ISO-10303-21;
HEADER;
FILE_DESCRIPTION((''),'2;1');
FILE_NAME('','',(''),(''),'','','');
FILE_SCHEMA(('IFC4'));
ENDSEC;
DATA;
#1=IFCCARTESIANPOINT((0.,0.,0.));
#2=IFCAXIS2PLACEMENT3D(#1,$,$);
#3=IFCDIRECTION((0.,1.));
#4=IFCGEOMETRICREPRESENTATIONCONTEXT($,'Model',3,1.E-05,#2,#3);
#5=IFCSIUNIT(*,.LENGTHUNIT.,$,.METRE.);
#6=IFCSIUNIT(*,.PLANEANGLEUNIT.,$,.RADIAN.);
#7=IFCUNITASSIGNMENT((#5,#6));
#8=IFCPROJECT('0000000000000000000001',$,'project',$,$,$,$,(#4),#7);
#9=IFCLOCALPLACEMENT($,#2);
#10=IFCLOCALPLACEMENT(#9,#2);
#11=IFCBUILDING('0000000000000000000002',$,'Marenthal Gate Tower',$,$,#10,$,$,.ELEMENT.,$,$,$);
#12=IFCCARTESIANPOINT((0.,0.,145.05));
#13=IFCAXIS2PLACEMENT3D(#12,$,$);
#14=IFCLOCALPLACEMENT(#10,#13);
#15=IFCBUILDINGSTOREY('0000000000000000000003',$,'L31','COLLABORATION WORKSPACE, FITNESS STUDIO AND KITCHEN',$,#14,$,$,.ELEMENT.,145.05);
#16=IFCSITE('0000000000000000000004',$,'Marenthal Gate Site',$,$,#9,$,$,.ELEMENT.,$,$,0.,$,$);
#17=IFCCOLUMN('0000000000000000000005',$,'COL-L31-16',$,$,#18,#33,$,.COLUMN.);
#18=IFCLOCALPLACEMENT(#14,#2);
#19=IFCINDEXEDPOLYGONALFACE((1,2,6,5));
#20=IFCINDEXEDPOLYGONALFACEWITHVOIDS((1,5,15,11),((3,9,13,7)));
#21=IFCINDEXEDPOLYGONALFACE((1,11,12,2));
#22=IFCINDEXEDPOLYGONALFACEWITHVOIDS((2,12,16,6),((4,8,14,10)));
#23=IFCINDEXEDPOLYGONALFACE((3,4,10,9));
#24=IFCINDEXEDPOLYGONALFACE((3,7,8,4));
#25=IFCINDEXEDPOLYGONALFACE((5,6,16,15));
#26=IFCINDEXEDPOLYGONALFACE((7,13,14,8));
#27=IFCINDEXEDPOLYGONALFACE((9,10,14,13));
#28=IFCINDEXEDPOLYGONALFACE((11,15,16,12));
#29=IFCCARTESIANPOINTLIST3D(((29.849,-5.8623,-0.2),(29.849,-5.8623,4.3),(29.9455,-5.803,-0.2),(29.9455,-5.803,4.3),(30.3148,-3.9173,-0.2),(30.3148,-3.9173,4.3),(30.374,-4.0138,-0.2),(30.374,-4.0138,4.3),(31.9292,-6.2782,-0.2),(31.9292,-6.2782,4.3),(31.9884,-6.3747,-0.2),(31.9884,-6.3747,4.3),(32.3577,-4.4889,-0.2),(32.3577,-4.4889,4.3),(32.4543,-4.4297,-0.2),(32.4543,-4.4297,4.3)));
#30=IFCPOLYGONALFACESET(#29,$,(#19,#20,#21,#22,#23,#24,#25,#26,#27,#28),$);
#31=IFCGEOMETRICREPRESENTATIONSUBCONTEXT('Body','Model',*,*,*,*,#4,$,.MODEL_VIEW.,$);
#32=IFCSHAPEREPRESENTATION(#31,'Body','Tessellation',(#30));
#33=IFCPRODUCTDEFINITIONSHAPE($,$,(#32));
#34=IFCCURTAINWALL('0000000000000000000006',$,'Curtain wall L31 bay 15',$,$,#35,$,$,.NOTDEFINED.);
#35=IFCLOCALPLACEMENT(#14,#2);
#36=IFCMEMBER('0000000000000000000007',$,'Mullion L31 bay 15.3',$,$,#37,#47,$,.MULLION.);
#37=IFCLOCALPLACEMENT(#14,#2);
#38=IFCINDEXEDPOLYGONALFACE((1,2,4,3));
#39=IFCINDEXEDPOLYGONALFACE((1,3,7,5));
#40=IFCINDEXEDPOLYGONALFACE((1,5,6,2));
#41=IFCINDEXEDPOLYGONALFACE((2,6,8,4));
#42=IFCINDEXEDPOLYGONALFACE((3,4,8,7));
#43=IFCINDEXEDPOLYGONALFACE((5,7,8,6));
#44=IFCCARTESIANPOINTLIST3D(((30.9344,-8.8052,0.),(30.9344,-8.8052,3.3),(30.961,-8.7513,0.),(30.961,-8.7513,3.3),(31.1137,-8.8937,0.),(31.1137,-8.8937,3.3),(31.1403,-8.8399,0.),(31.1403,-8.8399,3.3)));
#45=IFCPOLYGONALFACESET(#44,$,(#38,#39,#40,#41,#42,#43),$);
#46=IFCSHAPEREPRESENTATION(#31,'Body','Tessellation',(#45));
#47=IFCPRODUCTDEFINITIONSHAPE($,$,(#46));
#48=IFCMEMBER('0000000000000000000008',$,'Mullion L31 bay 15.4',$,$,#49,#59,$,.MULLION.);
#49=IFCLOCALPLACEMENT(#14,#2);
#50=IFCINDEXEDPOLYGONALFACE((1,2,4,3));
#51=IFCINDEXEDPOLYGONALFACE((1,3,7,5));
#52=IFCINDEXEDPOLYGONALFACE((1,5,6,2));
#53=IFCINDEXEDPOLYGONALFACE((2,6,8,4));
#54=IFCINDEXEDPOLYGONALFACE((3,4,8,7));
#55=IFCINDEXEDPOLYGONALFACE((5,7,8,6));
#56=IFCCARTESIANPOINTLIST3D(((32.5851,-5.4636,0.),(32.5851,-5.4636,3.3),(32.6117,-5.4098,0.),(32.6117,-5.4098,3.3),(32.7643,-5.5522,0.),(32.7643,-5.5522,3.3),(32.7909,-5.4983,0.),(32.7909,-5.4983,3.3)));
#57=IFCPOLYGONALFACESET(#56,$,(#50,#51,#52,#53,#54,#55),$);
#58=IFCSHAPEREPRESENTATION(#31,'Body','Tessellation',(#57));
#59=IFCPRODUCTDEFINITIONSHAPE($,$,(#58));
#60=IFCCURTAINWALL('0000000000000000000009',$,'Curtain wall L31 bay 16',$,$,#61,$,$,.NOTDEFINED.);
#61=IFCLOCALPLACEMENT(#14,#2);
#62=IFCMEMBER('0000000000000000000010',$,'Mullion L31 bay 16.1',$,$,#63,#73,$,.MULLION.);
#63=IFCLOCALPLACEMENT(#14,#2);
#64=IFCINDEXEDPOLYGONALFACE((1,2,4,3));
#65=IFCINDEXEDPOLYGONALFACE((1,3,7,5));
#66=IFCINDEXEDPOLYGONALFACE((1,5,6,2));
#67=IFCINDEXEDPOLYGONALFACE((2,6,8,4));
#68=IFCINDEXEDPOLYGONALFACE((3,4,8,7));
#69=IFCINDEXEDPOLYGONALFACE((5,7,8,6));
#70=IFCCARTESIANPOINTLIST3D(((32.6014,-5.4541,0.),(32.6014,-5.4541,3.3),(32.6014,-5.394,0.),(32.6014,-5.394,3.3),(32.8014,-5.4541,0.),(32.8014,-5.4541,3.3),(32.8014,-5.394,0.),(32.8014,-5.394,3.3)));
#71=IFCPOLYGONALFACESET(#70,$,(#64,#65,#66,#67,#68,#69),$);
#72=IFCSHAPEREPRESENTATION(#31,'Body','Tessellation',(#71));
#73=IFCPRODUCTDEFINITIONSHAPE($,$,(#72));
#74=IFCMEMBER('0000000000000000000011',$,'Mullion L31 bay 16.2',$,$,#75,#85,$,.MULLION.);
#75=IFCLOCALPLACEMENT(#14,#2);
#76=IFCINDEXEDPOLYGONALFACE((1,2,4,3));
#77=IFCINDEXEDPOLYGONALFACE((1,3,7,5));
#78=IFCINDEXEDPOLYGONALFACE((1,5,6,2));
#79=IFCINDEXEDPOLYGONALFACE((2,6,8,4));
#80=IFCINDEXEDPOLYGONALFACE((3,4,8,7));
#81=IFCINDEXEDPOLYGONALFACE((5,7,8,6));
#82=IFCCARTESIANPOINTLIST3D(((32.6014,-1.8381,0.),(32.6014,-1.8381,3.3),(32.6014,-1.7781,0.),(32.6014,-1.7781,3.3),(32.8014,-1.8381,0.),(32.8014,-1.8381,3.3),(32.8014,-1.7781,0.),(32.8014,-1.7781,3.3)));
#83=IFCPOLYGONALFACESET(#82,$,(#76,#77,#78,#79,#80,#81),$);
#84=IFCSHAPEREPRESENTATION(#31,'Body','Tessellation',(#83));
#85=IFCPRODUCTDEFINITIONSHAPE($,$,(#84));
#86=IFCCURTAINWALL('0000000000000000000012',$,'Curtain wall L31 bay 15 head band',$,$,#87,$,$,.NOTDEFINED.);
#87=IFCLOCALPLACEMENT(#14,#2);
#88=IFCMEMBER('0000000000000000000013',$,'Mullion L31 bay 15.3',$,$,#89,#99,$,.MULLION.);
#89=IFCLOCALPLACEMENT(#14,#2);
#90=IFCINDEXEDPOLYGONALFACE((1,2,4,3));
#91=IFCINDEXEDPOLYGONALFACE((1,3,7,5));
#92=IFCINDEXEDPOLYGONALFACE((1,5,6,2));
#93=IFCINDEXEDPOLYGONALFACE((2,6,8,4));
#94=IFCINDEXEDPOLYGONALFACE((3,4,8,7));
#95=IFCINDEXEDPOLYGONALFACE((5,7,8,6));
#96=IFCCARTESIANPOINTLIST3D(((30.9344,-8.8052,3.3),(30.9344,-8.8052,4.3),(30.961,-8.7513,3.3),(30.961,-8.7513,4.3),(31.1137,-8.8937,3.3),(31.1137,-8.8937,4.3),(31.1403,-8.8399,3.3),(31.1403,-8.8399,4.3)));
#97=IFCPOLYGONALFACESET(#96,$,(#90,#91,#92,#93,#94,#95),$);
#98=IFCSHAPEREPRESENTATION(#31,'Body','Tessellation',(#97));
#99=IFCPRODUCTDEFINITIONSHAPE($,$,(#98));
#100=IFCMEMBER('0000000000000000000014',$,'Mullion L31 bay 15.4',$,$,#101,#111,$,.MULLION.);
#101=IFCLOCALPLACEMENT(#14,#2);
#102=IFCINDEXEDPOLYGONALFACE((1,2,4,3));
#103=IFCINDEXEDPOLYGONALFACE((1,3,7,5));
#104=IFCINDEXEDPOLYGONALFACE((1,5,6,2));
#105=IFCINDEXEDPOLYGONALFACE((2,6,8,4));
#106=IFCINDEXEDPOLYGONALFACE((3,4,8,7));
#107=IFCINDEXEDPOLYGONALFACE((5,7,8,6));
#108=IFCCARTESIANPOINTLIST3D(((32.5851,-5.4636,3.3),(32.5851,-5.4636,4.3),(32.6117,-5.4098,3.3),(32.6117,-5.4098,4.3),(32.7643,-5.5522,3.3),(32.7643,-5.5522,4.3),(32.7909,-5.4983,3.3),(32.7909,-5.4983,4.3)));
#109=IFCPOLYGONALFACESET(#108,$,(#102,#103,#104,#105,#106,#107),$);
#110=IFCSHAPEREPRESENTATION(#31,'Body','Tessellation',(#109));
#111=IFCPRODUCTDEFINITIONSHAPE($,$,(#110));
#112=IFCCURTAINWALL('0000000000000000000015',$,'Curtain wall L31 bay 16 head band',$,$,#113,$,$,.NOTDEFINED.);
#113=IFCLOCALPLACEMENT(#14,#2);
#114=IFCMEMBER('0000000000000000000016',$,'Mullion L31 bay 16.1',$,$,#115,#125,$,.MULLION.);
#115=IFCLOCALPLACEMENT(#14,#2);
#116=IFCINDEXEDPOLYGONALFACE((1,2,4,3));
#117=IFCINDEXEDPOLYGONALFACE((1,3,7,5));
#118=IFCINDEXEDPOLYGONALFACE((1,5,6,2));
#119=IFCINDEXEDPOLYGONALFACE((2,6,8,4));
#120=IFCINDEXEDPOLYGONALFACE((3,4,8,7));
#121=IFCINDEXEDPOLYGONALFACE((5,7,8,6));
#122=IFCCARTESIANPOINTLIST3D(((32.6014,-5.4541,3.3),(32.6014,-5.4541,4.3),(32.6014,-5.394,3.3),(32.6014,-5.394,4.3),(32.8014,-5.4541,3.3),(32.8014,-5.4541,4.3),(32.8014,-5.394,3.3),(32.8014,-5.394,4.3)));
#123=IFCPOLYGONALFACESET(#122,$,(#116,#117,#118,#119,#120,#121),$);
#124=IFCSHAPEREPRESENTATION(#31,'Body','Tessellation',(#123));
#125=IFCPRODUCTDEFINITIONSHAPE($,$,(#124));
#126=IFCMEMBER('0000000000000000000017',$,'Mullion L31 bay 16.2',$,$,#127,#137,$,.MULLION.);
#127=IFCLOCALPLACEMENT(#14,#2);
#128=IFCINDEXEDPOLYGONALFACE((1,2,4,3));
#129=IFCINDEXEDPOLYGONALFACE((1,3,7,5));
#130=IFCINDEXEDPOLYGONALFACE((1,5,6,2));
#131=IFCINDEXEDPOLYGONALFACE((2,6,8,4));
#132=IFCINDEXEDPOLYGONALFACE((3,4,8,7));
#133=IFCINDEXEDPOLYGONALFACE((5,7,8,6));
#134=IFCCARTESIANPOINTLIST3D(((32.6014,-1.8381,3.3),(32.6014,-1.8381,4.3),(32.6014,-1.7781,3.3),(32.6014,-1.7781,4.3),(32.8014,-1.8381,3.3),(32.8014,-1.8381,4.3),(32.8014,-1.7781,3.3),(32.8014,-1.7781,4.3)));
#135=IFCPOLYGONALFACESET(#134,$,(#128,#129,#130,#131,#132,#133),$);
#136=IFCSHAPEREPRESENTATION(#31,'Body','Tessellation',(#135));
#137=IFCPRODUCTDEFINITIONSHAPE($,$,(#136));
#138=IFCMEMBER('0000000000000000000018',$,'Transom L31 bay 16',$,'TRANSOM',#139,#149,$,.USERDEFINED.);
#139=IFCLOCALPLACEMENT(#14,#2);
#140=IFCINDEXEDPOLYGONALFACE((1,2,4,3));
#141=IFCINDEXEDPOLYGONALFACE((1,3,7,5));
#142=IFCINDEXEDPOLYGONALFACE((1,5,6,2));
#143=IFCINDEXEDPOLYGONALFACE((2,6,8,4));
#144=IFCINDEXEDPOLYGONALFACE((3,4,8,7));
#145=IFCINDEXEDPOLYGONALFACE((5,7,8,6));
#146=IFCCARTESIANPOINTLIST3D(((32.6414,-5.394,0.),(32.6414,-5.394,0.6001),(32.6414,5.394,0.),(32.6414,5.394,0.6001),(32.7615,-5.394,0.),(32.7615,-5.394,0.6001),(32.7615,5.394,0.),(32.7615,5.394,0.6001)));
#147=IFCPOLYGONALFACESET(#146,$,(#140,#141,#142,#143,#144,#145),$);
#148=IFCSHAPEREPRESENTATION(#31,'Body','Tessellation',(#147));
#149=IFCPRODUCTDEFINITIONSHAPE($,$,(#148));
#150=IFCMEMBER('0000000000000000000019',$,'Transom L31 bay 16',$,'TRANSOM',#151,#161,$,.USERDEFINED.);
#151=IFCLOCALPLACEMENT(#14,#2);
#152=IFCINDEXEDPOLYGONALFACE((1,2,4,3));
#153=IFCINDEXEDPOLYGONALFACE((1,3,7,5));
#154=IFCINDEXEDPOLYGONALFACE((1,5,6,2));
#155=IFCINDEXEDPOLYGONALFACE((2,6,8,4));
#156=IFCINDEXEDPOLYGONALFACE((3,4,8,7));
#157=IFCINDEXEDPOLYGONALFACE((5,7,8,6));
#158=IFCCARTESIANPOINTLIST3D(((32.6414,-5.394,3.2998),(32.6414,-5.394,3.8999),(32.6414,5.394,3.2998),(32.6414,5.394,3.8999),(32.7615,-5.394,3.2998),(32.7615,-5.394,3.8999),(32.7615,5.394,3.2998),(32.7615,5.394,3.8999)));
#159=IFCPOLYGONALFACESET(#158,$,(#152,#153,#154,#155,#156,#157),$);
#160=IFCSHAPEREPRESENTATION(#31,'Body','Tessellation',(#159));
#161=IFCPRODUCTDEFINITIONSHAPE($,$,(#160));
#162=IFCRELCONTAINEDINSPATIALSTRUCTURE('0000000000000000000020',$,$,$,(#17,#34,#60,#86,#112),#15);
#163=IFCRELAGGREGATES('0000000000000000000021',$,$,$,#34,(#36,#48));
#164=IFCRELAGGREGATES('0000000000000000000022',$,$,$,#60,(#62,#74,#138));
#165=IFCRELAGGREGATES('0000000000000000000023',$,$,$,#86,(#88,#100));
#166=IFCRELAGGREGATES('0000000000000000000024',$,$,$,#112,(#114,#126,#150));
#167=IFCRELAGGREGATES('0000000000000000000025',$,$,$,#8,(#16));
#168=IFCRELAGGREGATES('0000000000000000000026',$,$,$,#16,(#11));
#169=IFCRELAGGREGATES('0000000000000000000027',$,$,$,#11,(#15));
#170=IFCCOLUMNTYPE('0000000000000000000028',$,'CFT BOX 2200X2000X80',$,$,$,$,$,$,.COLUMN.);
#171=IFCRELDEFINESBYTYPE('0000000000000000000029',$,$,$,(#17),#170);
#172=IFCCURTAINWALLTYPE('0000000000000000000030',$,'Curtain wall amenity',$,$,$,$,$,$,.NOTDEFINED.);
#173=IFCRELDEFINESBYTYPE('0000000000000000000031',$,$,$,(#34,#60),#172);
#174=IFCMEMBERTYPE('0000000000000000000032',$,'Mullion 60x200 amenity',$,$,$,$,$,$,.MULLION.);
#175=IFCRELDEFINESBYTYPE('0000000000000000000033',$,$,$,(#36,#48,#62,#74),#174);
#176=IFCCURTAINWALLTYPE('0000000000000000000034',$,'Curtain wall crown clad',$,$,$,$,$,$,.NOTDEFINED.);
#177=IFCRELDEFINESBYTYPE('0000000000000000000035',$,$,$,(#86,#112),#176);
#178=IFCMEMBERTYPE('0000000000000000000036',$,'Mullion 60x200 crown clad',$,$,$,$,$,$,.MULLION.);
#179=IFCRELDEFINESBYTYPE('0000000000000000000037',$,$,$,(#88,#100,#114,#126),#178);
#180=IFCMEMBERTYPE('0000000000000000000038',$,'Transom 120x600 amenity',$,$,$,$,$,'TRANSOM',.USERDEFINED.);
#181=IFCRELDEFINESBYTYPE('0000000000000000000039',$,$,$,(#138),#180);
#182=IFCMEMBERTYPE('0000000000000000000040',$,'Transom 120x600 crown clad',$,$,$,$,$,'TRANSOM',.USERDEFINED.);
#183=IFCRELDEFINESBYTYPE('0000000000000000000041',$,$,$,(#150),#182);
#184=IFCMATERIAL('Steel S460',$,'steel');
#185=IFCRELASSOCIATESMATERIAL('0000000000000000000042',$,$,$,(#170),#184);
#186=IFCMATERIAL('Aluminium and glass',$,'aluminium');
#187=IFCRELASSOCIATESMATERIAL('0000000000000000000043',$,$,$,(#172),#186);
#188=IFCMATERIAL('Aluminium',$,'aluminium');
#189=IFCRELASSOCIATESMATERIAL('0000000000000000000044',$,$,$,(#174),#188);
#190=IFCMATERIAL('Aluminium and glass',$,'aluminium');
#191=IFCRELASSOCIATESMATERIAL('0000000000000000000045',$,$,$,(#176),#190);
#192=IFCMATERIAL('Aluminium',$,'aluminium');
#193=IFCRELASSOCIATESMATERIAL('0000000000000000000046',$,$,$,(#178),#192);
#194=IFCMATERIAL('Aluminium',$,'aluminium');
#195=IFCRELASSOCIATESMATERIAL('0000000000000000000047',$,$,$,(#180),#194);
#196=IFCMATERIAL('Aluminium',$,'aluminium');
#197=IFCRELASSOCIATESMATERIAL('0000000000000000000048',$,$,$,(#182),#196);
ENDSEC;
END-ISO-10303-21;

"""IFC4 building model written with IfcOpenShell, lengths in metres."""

from ifc_helpers import new_model, si_unit, direction, frame, origin, origin_2d, place, context, subcontext, project, spatial, rectangle, hollow_rectangle, extrude, material, material_profile, profile_set, type_object, element, aggregate, save


model = new_model("IFC4")

# Units and contexts
model_context = context("Model", 3, precision=1e-05, world=origin(), true_north=direction((0.0, 1.0)))
body_context = subcontext(model_context, "Body", "Model", "MODEL_VIEW")
ifc_project = project(units=[si_unit("LENGTHUNIT", "METRE"), si_unit("PLANEANGLEUNIT", "RADIAN")], contexts=[model_context])

# Site, building, storey
site_placement = place(None, origin())
site = spatial("IfcSite", under=ifc_project, at=site_placement, Name="Marenthal Gate Site", CompositionType="ELEMENT", RefElevation=0.0)
building_placement = place(site_placement, origin())
building = spatial("IfcBuilding", under=site, at=building_placement, Name="Marenthal Gate Tower", CompositionType="ELEMENT")
storey_placement = place(building_placement, frame((0.0, 0.0, 145.05)))
storey = spatial("IfcBuildingStorey", under=building, at=storey_placement, Name="L31", Description="COLLABORATION WORKSPACE, FITNESS STUDIO AND KITCHEN", CompositionType="ELEMENT", Elevation=145.05)

# Column
ifc_material_1 = material(Name="Steel S460", Category="steel")
ifc_material_profile_1 = material_profile(ifc_material_1, hollow_rectangle(XDim=2.0, YDim=2.2, WallThickness=0.0801, at=origin_2d()), Name="CFT BOX 2200X2000X80")
ifc_material_2 = material(Name="Concrete 70 MPa", Category="concrete")
ifc_material_profile_2 = material_profile(ifc_material_2, rectangle(XDim=1.8401, YDim=2.04, at=origin_2d()), Name="CFT BOX 2200X2000X80 INFILL")
ifc_profile_set_1 = profile_set([ifc_material_profile_1, ifc_material_profile_2], Name="Steel S460 shell, Concrete 70 MPa infill")
column_type = type_object("IfcColumnType", Name="CFT BOX 2200X2000X80", PredefinedType="COLUMN", material=ifc_profile_set_1)
column_placement = place(storey_placement, frame((31.1516, -5.146, -0.2), z_axis=(0.0, 0.0, 1.0), x_axis=(-0.232933, -0.972493, 0.0)))
element("IfcColumn", 1, at=column_placement, inside=storey, type_object=column_type, Name="COL-L31-16", PredefinedType="COLUMN", context=body_context, shape_type="SweptSolid", body=[
    extrude(hollow_rectangle(XDim=2.0, YDim=2.2, WallThickness=0.0801, at=origin_2d()), origin(), (0.0, 0.0, 1.0), 4.5),
])

# Curtain walls, members
ifc_material_3 = material(Name="Aluminium and glass", Category="aluminium")
curtain_wall_type_1 = type_object("IfcCurtainWallType", Name="Curtain wall amenity", PredefinedType="NOTDEFINED", material=ifc_material_3)
curtain_wall_1_placement = place(storey_placement, origin())
curtain_wall_1 = element("IfcCurtainWall", 2, at=curtain_wall_1_placement, inside=storey, type_object=curtain_wall_type_1, Name="Curtain wall L31 bay 15", PredefinedType="NOTDEFINED")
ifc_material_4 = material(Name="Aluminium", Category="aluminium")
ifc_material_profile_3 = material_profile(ifc_material_4, rectangle(XDim=0.2, YDim=0.0601, at=origin_2d()), Name="60x200 aluminium mullion")
ifc_profile_set_2 = profile_set([ifc_material_profile_3], Name="Aluminium")
member_type_1 = type_object("IfcMemberType", Name="Mullion 60x200 amenity", PredefinedType="MULLION", material=ifc_profile_set_2)
member_1_placement = place(storey_placement, frame((31.0374, -8.8225, 0.0), z_axis=(0.0, 0.0, 1.0), x_axis=(-0.896573, 0.442895, 0.0)))
member_1 = element("IfcMember", 3, at=member_1_placement, type_object=member_type_1, Name="Mullion L31 bay 15.3", PredefinedType="MULLION", context=body_context, shape_type="SweptSolid", body=[
    extrude(rectangle(XDim=0.2, YDim=0.0601, at=origin_2d()), origin(), (0.0, 0.0, 1.0), 3.3),
])
member_2_placement = place(storey_placement, frame((32.688, -5.481, 0.0), z_axis=(0.0, 0.0, 1.0), x_axis=(-0.896573, 0.442895, 0.0)))
member_2 = element("IfcMember", 4, at=member_2_placement, type_object=member_type_1, Name="Mullion L31 bay 15.4", PredefinedType="MULLION", context=body_context, shape_type="SweptSolid", body=[
    extrude(rectangle(XDim=0.2, YDim=0.0601, at=origin_2d()), origin(), (0.0, 0.0, 1.0), 3.3),
])
curtain_wall_2_placement = place(storey_placement, origin())
curtain_wall_2 = element("IfcCurtainWall", 5, at=curtain_wall_2_placement, inside=storey, type_object=curtain_wall_type_1, Name="Curtain wall L31 bay 16", PredefinedType="NOTDEFINED")
member_3_placement = place(storey_placement, frame((32.7014, -5.4241, 0.0), z_axis=(0.0, 0.0, 1.0), x_axis=(-1.0, 0.0, 0.0)))
member_3 = element("IfcMember", 6, at=member_3_placement, type_object=member_type_1, Name="Mullion L31 bay 16.1", PredefinedType="MULLION", context=body_context, shape_type="SweptSolid", body=[
    extrude(rectangle(XDim=0.2, YDim=0.0601, at=origin_2d()), origin(), (0.0, 0.0, 1.0), 3.3),
])
member_4_placement = place(storey_placement, frame((32.7014, -1.8081, 0.0), z_axis=(0.0, 0.0, 1.0), x_axis=(-1.0, 0.0, 0.0)))
member_4 = element("IfcMember", 7, at=member_4_placement, type_object=member_type_1, Name="Mullion L31 bay 16.2", PredefinedType="MULLION", context=body_context, shape_type="SweptSolid", body=[
    extrude(rectangle(XDim=0.2, YDim=0.0601, at=origin_2d()), origin(), (0.0, 0.0, 1.0), 3.3),
])
ifc_material_5 = material(Name="Aluminium and glass", Category="aluminium")
curtain_wall_type_2 = type_object("IfcCurtainWallType", Name="Curtain wall crown clad", PredefinedType="NOTDEFINED", material=ifc_material_5)
curtain_wall_3_placement = place(storey_placement, origin())
curtain_wall_3 = element("IfcCurtainWall", 8, at=curtain_wall_3_placement, inside=storey, type_object=curtain_wall_type_2, Name="Curtain wall L31 bay 15 head band", PredefinedType="NOTDEFINED")
ifc_material_6 = material(Name="Aluminium", Category="aluminium")
ifc_material_profile_4 = material_profile(ifc_material_6, rectangle(XDim=0.2, YDim=0.0601, at=origin_2d()), Name="60x200 aluminium mullion")
ifc_profile_set_3 = profile_set([ifc_material_profile_4], Name="Aluminium")
member_type_2 = type_object("IfcMemberType", Name="Mullion 60x200 crown clad", PredefinedType="MULLION", material=ifc_profile_set_3)
member_5_placement = place(storey_placement, frame((31.0374, -8.8225, 3.3), z_axis=(0.0, 0.0, 1.0), x_axis=(-0.896573, 0.442895, 0.0)))
member_5 = element("IfcMember", 9, at=member_5_placement, type_object=member_type_2, Name="Mullion L31 bay 15.3", PredefinedType="MULLION", context=body_context, shape_type="SweptSolid", body=[
    extrude(rectangle(XDim=0.2, YDim=0.0601, at=origin_2d()), origin(), (0.0, 0.0, 1.0), 1.0),
])
member_6_placement = place(storey_placement, frame((32.688, -5.481, 3.3), z_axis=(0.0, 0.0, 1.0), x_axis=(-0.896573, 0.442895, 0.0)))
member_6 = element("IfcMember", 10, at=member_6_placement, type_object=member_type_2, Name="Mullion L31 bay 15.4", PredefinedType="MULLION", context=body_context, shape_type="SweptSolid", body=[
    extrude(rectangle(XDim=0.2, YDim=0.0601, at=origin_2d()), origin(), (0.0, 0.0, 1.0), 1.0),
])
curtain_wall_4_placement = place(storey_placement, origin())
curtain_wall_4 = element("IfcCurtainWall", 11, at=curtain_wall_4_placement, inside=storey, type_object=curtain_wall_type_2, Name="Curtain wall L31 bay 16 head band", PredefinedType="NOTDEFINED")
member_7_placement = place(storey_placement, frame((32.7014, -5.4241, 3.3), z_axis=(0.0, 0.0, 1.0), x_axis=(-1.0, 0.0, 0.0)))
member_7 = element("IfcMember", 12, at=member_7_placement, type_object=member_type_2, Name="Mullion L31 bay 16.1", PredefinedType="MULLION", context=body_context, shape_type="SweptSolid", body=[
    extrude(rectangle(XDim=0.2, YDim=0.0601, at=origin_2d()), origin(), (0.0, 0.0, 1.0), 1.0),
])
member_8_placement = place(storey_placement, frame((32.7014, -1.8081, 3.3), z_axis=(0.0, 0.0, 1.0), x_axis=(-1.0, 0.0, 0.0)))
member_8 = element("IfcMember", 13, at=member_8_placement, type_object=member_type_2, Name="Mullion L31 bay 16.2", PredefinedType="MULLION", context=body_context, shape_type="SweptSolid", body=[
    extrude(rectangle(XDim=0.2, YDim=0.0601, at=origin_2d()), origin(), (0.0, 0.0, 1.0), 1.0),
])

# Members
ifc_material_7 = material(Name="Aluminium", Category="aluminium")
ifc_material_profile_5 = material_profile(ifc_material_7, rectangle(XDim=0.1201, YDim=0.6001, at=origin_2d()), Name="120x600 aluminium transom")
ifc_profile_set_4 = profile_set([ifc_material_profile_5], Name="Aluminium")
member_type_3 = type_object("IfcMemberType", Name="Transom 120x600 amenity", ElementType="TRANSOM", PredefinedType="USERDEFINED", material=ifc_profile_set_4)
member_9_placement = place(storey_placement, frame((32.7014, -5.394, 0.3), z_axis=(0.0, 1.0, 0.0), x_axis=(-1.0, 0.0, 0.0)))
member_9 = element("IfcMember", 14, at=member_9_placement, type_object=member_type_3, Name="Transom L31 bay 16", ObjectType="TRANSOM", PredefinedType="USERDEFINED", context=body_context, shape_type="SweptSolid", body=[
    extrude(rectangle(XDim=0.1201, YDim=0.6001, at=origin_2d()), origin(), (0.0, 0.0, 1.0), 10.7881),
])
ifc_material_8 = material(Name="Aluminium", Category="aluminium")
ifc_material_profile_6 = material_profile(ifc_material_8, rectangle(XDim=0.1201, YDim=0.6001, at=origin_2d()), Name="120x600 aluminium transom")
ifc_profile_set_5 = profile_set([ifc_material_profile_6], Name="Aluminium")
member_type_4 = type_object("IfcMemberType", Name="Transom 120x600 crown clad", ElementType="TRANSOM", PredefinedType="USERDEFINED", material=ifc_profile_set_5)
member_10_placement = place(storey_placement, frame((32.7014, -5.394, 3.5999), z_axis=(0.0, 1.0, 0.0), x_axis=(-1.0, 0.0, 0.0)))
member_10 = element("IfcMember", 15, at=member_10_placement, type_object=member_type_4, Name="Transom L31 bay 16", ObjectType="TRANSOM", PredefinedType="USERDEFINED", context=body_context, shape_type="SweptSolid", body=[
    extrude(rectangle(XDim=0.1201, YDim=0.6001, at=origin_2d()), origin(), (0.0, 0.0, 1.0), 10.7881),
])

aggregate(curtain_wall_1, [member_1, member_2])
aggregate(curtain_wall_2, [member_3, member_4, member_9])
aggregate(curtain_wall_3, [member_5, member_6])
aggregate(curtain_wall_4, [member_7, member_8, member_10])

save(model, "model.ifc")
